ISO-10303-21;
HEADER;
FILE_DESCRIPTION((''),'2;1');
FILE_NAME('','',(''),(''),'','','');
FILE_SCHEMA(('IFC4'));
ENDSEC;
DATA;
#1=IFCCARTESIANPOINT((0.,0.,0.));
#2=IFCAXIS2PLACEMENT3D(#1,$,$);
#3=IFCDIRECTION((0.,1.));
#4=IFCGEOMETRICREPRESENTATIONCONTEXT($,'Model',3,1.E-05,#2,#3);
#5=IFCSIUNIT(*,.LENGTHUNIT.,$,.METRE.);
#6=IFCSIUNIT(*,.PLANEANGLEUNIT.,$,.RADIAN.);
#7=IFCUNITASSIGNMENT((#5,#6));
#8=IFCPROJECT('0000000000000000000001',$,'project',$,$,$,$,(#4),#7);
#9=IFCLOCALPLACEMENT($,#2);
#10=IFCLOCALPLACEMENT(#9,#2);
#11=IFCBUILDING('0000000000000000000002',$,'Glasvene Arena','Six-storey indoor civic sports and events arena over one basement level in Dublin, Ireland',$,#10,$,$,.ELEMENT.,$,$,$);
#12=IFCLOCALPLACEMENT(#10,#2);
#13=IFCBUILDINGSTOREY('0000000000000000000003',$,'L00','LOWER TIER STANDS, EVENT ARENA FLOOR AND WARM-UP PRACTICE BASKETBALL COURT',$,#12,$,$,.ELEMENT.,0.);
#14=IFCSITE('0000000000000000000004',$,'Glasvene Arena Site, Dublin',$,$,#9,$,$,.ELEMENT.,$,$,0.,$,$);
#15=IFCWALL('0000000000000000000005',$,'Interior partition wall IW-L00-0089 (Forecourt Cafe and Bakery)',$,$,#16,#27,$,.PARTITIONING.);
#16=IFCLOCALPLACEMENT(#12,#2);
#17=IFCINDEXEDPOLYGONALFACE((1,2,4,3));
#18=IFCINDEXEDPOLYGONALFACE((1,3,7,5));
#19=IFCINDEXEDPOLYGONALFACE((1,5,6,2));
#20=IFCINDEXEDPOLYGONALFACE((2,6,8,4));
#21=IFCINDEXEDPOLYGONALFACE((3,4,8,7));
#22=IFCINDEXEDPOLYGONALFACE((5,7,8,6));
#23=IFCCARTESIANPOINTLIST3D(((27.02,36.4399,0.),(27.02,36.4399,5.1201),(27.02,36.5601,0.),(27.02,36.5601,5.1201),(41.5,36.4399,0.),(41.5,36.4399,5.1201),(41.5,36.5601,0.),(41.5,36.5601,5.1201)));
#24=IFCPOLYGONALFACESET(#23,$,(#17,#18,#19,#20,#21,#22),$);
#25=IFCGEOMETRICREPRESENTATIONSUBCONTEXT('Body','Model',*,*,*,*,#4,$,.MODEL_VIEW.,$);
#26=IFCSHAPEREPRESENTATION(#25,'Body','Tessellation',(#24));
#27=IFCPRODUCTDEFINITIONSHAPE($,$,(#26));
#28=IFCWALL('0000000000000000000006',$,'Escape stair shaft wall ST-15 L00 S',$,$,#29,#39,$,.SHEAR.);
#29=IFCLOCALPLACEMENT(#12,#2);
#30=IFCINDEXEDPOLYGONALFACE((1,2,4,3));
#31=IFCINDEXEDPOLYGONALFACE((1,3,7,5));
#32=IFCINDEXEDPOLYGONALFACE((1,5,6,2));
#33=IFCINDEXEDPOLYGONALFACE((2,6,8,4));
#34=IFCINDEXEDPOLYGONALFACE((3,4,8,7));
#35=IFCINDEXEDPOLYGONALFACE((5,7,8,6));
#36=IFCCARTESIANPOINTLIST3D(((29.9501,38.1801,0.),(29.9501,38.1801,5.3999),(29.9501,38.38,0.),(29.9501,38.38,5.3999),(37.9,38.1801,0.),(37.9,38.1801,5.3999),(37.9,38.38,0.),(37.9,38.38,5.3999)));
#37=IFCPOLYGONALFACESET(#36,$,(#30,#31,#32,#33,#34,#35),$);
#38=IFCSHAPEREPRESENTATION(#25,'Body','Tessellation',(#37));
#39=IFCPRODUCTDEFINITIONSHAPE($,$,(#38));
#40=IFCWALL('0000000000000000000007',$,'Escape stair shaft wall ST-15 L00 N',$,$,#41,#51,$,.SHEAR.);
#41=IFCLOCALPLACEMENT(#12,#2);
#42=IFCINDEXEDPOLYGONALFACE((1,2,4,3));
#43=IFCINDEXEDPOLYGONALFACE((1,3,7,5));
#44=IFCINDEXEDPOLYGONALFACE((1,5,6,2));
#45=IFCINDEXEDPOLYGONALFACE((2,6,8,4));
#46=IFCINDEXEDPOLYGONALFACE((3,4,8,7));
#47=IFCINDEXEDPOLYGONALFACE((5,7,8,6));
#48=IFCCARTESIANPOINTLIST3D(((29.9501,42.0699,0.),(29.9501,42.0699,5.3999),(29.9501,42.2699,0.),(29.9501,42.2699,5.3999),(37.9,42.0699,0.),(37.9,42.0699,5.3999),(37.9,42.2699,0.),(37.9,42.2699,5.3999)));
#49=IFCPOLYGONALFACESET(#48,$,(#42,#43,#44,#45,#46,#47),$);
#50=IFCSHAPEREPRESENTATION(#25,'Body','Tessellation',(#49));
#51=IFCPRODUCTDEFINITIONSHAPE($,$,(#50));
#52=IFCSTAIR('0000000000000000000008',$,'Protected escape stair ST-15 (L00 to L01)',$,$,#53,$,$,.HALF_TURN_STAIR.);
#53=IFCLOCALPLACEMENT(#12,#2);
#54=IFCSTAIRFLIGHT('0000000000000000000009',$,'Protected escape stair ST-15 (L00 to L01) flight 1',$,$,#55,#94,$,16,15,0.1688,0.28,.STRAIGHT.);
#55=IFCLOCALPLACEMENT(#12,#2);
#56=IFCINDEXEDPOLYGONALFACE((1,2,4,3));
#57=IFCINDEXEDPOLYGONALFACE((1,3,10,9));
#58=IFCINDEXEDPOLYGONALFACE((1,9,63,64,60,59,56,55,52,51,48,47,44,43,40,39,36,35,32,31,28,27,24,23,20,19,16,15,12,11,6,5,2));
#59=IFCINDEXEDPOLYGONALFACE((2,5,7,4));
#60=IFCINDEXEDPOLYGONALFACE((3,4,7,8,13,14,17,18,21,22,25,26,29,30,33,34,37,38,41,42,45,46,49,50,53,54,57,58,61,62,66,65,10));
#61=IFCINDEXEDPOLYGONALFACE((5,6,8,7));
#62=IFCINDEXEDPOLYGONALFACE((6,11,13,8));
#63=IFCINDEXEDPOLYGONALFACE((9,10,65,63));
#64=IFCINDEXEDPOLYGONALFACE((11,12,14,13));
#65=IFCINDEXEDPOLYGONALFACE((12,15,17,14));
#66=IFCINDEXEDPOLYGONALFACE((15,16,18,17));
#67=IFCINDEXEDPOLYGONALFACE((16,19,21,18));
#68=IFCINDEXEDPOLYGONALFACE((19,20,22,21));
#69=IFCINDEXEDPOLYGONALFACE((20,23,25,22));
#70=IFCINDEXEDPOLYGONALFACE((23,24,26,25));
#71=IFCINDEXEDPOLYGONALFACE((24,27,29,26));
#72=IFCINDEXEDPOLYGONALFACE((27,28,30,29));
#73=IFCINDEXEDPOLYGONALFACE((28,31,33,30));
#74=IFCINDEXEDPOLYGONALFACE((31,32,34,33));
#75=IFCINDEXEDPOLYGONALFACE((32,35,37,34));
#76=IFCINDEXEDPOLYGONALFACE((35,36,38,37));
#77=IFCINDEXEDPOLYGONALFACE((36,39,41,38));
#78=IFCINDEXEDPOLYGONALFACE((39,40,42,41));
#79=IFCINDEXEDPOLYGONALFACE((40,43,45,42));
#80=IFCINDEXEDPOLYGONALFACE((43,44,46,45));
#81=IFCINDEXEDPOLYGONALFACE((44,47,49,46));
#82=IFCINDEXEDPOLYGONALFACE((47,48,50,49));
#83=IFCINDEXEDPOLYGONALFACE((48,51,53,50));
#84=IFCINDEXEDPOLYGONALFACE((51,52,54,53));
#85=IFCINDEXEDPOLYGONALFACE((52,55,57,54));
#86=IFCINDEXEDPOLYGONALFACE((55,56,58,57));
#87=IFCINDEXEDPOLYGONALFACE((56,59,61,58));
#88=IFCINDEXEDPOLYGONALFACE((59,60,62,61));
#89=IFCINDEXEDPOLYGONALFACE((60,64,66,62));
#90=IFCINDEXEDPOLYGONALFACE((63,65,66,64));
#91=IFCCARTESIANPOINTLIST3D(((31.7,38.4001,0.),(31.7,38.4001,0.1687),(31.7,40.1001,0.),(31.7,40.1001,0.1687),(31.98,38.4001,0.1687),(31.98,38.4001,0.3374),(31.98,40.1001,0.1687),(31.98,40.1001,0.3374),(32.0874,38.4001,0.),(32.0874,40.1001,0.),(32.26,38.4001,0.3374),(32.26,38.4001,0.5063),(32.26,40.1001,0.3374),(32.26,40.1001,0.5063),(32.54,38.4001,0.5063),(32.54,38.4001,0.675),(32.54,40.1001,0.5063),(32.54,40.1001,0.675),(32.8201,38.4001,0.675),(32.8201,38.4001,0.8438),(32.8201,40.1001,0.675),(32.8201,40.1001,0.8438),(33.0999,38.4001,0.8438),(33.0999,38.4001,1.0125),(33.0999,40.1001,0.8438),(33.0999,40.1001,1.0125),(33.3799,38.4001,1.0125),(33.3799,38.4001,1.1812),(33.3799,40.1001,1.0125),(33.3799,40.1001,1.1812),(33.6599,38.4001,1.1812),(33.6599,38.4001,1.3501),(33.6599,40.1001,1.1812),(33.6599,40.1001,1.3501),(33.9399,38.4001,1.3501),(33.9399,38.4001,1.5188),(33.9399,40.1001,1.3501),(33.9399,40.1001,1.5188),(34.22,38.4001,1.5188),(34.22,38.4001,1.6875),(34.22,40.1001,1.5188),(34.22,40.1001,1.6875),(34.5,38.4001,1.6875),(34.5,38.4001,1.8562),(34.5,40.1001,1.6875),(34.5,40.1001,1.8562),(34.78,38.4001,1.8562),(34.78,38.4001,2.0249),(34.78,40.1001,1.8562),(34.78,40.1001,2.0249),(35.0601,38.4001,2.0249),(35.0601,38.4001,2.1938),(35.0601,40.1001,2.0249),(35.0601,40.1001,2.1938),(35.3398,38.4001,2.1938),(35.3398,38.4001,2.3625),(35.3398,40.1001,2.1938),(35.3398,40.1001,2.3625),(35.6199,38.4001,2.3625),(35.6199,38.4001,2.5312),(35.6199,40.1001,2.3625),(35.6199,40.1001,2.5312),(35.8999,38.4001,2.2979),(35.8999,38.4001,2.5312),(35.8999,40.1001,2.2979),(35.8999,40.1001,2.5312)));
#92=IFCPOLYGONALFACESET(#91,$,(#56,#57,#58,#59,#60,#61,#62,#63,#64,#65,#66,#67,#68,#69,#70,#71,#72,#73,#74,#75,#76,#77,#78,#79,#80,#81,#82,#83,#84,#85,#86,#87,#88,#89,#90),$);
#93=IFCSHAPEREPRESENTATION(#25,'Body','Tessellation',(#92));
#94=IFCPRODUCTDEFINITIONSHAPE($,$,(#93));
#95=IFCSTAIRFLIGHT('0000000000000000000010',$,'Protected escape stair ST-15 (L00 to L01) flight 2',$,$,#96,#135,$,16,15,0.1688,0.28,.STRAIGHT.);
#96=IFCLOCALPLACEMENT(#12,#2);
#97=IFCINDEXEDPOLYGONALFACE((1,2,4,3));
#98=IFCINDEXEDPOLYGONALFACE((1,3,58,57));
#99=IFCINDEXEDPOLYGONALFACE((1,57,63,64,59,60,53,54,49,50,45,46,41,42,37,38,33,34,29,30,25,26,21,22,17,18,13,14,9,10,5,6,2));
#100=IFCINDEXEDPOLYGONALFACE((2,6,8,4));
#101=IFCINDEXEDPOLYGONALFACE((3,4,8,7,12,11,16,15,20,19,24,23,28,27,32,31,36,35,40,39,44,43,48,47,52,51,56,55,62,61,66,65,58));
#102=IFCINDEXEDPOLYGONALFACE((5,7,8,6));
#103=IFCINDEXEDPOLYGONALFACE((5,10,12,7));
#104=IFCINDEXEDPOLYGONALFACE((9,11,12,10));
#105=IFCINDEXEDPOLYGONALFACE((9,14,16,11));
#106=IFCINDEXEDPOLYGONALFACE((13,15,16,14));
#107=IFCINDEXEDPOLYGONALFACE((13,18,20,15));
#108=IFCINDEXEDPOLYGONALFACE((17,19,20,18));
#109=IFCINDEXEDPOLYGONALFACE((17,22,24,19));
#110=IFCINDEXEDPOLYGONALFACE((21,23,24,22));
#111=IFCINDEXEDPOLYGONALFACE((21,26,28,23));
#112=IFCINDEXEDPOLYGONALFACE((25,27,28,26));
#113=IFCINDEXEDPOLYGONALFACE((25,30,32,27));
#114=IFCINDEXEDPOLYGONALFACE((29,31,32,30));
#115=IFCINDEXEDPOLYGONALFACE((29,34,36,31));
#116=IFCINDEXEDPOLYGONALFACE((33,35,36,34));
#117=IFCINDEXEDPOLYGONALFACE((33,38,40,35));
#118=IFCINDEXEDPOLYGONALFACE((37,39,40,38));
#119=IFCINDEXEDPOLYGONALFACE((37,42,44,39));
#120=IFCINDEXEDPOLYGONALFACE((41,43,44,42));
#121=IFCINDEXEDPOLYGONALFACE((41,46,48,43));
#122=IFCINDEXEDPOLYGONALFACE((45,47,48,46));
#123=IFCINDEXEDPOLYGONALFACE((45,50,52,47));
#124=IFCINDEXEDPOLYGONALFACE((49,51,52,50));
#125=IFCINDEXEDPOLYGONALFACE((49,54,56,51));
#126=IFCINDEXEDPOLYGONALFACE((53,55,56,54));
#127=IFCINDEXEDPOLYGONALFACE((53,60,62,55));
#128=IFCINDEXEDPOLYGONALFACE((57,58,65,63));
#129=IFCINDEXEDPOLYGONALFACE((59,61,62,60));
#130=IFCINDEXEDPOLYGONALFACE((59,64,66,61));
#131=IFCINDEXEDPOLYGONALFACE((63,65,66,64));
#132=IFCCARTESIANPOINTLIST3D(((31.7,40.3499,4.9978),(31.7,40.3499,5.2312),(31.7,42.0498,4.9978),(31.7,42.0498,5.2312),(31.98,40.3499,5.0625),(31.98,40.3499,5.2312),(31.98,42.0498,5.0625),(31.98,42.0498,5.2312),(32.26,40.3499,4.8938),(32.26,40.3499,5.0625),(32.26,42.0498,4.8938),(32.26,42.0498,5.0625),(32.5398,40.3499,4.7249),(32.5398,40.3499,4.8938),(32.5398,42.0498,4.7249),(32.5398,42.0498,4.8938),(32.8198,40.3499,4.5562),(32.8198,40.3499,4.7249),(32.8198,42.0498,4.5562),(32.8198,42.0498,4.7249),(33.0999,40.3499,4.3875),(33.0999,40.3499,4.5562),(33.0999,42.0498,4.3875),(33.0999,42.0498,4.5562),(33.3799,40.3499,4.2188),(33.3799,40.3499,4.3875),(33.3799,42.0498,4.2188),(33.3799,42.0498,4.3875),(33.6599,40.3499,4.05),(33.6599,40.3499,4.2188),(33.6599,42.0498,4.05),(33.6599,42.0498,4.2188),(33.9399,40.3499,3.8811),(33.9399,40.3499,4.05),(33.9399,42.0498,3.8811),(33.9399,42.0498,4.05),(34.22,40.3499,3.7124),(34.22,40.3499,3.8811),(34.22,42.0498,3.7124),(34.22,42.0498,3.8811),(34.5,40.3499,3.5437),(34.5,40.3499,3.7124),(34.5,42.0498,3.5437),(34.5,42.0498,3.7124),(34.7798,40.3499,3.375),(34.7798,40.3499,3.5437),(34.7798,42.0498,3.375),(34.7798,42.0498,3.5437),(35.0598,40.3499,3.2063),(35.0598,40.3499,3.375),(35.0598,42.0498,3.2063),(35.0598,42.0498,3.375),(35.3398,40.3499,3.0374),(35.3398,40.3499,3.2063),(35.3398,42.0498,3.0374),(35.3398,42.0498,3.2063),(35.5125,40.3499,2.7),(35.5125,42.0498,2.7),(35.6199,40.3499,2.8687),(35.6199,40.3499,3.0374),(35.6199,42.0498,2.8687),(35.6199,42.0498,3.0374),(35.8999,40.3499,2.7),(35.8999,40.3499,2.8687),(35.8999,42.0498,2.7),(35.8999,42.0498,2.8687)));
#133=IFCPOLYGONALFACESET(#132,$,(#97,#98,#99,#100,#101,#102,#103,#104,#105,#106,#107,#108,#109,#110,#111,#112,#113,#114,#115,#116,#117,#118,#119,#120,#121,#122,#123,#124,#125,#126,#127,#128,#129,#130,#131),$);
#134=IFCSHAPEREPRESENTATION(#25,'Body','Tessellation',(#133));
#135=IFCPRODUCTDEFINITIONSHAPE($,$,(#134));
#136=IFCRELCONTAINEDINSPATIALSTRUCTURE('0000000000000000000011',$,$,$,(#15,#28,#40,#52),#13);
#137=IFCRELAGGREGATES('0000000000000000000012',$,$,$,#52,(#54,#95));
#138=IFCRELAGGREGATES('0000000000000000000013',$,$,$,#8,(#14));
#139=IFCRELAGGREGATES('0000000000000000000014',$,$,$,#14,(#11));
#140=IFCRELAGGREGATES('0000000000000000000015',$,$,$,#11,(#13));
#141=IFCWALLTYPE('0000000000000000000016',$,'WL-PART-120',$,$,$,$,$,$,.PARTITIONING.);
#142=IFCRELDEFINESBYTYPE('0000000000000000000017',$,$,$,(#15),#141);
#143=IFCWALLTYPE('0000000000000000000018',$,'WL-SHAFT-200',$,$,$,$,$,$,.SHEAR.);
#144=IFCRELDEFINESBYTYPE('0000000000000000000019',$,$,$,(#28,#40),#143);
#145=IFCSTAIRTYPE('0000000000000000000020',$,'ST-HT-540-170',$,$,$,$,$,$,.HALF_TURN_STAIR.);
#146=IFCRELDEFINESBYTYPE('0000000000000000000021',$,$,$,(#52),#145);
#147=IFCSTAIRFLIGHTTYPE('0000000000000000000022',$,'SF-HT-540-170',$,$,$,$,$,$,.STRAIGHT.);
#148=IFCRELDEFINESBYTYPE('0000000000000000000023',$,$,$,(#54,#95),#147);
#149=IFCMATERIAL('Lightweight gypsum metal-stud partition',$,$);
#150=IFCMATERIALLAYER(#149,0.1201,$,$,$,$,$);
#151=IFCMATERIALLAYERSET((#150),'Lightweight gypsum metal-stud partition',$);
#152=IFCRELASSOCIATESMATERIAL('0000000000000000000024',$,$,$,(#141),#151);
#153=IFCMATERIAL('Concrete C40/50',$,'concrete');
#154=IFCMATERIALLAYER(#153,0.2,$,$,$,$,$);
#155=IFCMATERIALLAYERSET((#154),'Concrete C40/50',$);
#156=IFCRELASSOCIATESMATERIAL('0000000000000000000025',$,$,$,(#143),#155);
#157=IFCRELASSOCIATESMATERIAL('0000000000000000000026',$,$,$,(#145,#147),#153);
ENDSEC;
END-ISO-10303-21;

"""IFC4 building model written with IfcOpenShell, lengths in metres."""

from ifc_helpers import new_model, si_unit, direction, frame, frame_2d, origin, place, context, subcontext, project, spatial, polyline, rectangle, outline, extrude, material, layer, layer_set, type_object, element, aggregate, save


model = new_model("IFC4")

# Units and contexts
model_context = context("Model", 3, precision=1e-05, world=origin(), true_north=direction((0.0, 1.0)))
body_context = subcontext(model_context, "Body", "Model", "MODEL_VIEW")
ifc_project = project(units=[si_unit("LENGTHUNIT", "METRE"), si_unit("PLANEANGLEUNIT", "RADIAN")], contexts=[model_context])

# Site, building, storey
site_placement = place(None, origin())
site = spatial("IfcSite", under=ifc_project, at=site_placement, Name="Glasvene Arena Site, Dublin", CompositionType="ELEMENT", RefElevation=0.0)
building_placement = place(site_placement, origin())
building = spatial("IfcBuilding", under=site, at=building_placement, Name="Glasvene Arena", Description="Six-storey indoor civic sports and events arena over one basement level in Dublin, Ireland", CompositionType="ELEMENT")
storey_placement = place(building_placement, origin())
storey = spatial("IfcBuildingStorey", under=building, at=storey_placement, Name="L00", Description="LOWER TIER STANDS, EVENT ARENA FLOOR AND WARM-UP PRACTICE BASKETBALL COURT", CompositionType="ELEMENT", Elevation=0.0)

# Walls
ifc_material_1 = material(Name="Lightweight gypsum metal-stud partition")
ifc_layer_1 = layer(ifc_material_1, 0.1201)
ifc_layer_set_1 = layer_set([ifc_layer_1], Name="Lightweight gypsum metal-stud partition")
wall_type_1 = type_object("IfcWallType", Name="WL-PART-120", PredefinedType="PARTITIONING", material=ifc_layer_set_1)
wall_1_placement = place(storey_placement, frame((27.02, 36.5, 0.0), z_axis=(0.0, 0.0, 1.0), x_axis=(1.0, 0.0, 0.0)))
element("IfcWall", 1, at=wall_1_placement, inside=storey, type_object=wall_type_1, Name="Interior partition wall IW-L00-0089 (Forecourt Cafe and Bakery)", PredefinedType="PARTITIONING", context=body_context, shape_type="SweptSolid", body=[
    extrude(rectangle(XDim=14.48, YDim=0.1201, at=frame_2d((7.24, 0.0))), origin(), (0.0, 0.0, 1.0), 5.1201),
])
ifc_material_2 = material(Name="Concrete C40/50", Category="concrete")
ifc_layer_2 = layer(ifc_material_2, 0.2)
ifc_layer_set_2 = layer_set([ifc_layer_2], Name="Concrete C40/50")
wall_type_2 = type_object("IfcWallType", Name="WL-SHAFT-200", PredefinedType="SHEAR", material=ifc_layer_set_2)
wall_2_placement = place(storey_placement, frame((29.95, 38.28, 0.0), z_axis=(0.0, 0.0, 1.0), x_axis=(1.0, 0.0, 0.0)))
element("IfcWall", 2, at=wall_2_placement, inside=storey, type_object=wall_type_2, Name="Escape stair shaft wall ST-15 L00 S", PredefinedType="SHEAR", context=body_context, shape_type="SweptSolid", body=[
    extrude(rectangle(XDim=7.95, YDim=0.2, at=frame_2d((3.9751, 0.0))), origin(), (0.0, 0.0, 1.0), 5.3999),
])

# Wall
wall_3_placement = place(storey_placement, frame((29.95, 42.1699, 0.0), z_axis=(0.0, 0.0, 1.0), x_axis=(1.0, 0.0, 0.0)))
element("IfcWall", 3, at=wall_3_placement, inside=storey, type_object=wall_type_2, Name="Escape stair shaft wall ST-15 L00 N", PredefinedType="SHEAR", context=body_context, shape_type="SweptSolid", body=[
    extrude(rectangle(XDim=7.95, YDim=0.2, at=frame_2d((3.9751, 0.0))), origin(), (0.0, 0.0, 1.0), 5.3999),
])

# Stair, stair flights
stair_type = type_object("IfcStairType", Name="ST-HT-540-170", PredefinedType="HALF_TURN_STAIR", material=ifc_material_2)
stair_placement = place(storey_placement, origin())
stair = element("IfcStair", 4, at=stair_placement, inside=storey, type_object=stair_type, Name="Protected escape stair ST-15 (L00 to L01)", PredefinedType="HALF_TURN_STAIR")
stair_flight_type = type_object("IfcStairFlightType", Name="SF-HT-540-170", PredefinedType="STRAIGHT", material=ifc_material_2)
stair_flight_1_placement = place(storey_placement, frame((31.7, 39.25, 0.0), z_axis=(0.0, 0.0, 1.0), x_axis=(1.0, 0.0, 0.0)))
stair_flight_1 = element("IfcStairFlight", 5, at=stair_flight_1_placement, type_object=stair_flight_type, Name="Protected escape stair ST-15 (L00 to L01) flight 1", NumberOfRisers=16, NumberOfTreads=15, PredefinedType="STRAIGHT", RiserHeight=0.1688, TreadLength=0.28, context=body_context, shape_type="SweptSolid", body=[
    extrude(outline(polyline([(0.0, 0.0), (0.0, 0.1687), (0.28, 0.1687), (0.28, 0.3374), (0.5601, 0.3374), (0.5601, 0.5063), (0.8401, 0.5063), (0.8401, 0.675), (1.1201, 0.675), (1.1201, 0.8438), (1.3999, 0.8438), (1.3999, 1.0125), (1.6799, 1.0125), (1.6799, 1.1812), (1.96, 1.1812), (1.96, 1.3501), (2.24, 1.3501), (2.24, 1.5188), (2.52, 1.5188), (2.52, 1.6875), (2.8, 1.6875), (2.8, 1.8562), (3.0801, 1.8562), (3.0801, 2.0249), (3.3601, 2.0249), (3.3601, 2.1938), (3.6399, 2.1938), (3.6399, 2.3625), (3.9199, 2.3625), (3.9199, 2.5312), (4.2, 2.5312), (4.2, 2.7), (4.2, 2.2979), (0.3875, 0.0), (0.0, 0.0)])), frame((0.0, 0.8501, 0.0), z_axis=(0.0, -1.0, 0.0), x_axis=(1.0, 0.0, 0.0)), (0.0, 0.0, 1.0), 1.7),
])
stair_flight_2_placement = place(storey_placement, frame((35.8999, 41.2, 2.7), z_axis=(0.0, 0.0, 1.0), x_axis=(-1.0, 0.0, 0.0)))
stair_flight_2 = element("IfcStairFlight", 6, at=stair_flight_2_placement, type_object=stair_flight_type, Name="Protected escape stair ST-15 (L00 to L01) flight 2", NumberOfRisers=16, NumberOfTreads=15, PredefinedType="STRAIGHT", RiserHeight=0.1688, TreadLength=0.28, context=body_context, shape_type="SweptSolid", body=[
    extrude(outline(polyline([(0.0, 0.0), (0.0, 0.1687), (0.28, 0.1687), (0.28, 0.3374), (0.5601, 0.3374), (0.5601, 0.5063), (0.8401, 0.5063), (0.8401, 0.675), (1.1201, 0.675), (1.1201, 0.8438), (1.3999, 0.8438), (1.3999, 1.0125), (1.6799, 1.0125), (1.6799, 1.1812), (1.96, 1.1812), (1.96, 1.3501), (2.24, 1.3501), (2.24, 1.5188), (2.52, 1.5188), (2.52, 1.6875), (2.8, 1.6875), (2.8, 1.8562), (3.0801, 1.8562), (3.0801, 2.0249), (3.3601, 2.0249), (3.3601, 2.1938), (3.6399, 2.1938), (3.6399, 2.3625), (3.9199, 2.3625), (3.9199, 2.5312), (4.2, 2.5312), (4.2, 2.7), (4.2, 2.2979), (0.3875, 0.0), (0.0, 0.0)])), frame((0.0, 0.8501, 0.0), z_axis=(0.0, -1.0, 0.0), x_axis=(1.0, 0.0, 0.0)), (0.0, 0.0, 1.0), 1.7),
])
aggregate(stair, [stair_flight_1, stair_flight_2])

save(model, "model.ifc")
